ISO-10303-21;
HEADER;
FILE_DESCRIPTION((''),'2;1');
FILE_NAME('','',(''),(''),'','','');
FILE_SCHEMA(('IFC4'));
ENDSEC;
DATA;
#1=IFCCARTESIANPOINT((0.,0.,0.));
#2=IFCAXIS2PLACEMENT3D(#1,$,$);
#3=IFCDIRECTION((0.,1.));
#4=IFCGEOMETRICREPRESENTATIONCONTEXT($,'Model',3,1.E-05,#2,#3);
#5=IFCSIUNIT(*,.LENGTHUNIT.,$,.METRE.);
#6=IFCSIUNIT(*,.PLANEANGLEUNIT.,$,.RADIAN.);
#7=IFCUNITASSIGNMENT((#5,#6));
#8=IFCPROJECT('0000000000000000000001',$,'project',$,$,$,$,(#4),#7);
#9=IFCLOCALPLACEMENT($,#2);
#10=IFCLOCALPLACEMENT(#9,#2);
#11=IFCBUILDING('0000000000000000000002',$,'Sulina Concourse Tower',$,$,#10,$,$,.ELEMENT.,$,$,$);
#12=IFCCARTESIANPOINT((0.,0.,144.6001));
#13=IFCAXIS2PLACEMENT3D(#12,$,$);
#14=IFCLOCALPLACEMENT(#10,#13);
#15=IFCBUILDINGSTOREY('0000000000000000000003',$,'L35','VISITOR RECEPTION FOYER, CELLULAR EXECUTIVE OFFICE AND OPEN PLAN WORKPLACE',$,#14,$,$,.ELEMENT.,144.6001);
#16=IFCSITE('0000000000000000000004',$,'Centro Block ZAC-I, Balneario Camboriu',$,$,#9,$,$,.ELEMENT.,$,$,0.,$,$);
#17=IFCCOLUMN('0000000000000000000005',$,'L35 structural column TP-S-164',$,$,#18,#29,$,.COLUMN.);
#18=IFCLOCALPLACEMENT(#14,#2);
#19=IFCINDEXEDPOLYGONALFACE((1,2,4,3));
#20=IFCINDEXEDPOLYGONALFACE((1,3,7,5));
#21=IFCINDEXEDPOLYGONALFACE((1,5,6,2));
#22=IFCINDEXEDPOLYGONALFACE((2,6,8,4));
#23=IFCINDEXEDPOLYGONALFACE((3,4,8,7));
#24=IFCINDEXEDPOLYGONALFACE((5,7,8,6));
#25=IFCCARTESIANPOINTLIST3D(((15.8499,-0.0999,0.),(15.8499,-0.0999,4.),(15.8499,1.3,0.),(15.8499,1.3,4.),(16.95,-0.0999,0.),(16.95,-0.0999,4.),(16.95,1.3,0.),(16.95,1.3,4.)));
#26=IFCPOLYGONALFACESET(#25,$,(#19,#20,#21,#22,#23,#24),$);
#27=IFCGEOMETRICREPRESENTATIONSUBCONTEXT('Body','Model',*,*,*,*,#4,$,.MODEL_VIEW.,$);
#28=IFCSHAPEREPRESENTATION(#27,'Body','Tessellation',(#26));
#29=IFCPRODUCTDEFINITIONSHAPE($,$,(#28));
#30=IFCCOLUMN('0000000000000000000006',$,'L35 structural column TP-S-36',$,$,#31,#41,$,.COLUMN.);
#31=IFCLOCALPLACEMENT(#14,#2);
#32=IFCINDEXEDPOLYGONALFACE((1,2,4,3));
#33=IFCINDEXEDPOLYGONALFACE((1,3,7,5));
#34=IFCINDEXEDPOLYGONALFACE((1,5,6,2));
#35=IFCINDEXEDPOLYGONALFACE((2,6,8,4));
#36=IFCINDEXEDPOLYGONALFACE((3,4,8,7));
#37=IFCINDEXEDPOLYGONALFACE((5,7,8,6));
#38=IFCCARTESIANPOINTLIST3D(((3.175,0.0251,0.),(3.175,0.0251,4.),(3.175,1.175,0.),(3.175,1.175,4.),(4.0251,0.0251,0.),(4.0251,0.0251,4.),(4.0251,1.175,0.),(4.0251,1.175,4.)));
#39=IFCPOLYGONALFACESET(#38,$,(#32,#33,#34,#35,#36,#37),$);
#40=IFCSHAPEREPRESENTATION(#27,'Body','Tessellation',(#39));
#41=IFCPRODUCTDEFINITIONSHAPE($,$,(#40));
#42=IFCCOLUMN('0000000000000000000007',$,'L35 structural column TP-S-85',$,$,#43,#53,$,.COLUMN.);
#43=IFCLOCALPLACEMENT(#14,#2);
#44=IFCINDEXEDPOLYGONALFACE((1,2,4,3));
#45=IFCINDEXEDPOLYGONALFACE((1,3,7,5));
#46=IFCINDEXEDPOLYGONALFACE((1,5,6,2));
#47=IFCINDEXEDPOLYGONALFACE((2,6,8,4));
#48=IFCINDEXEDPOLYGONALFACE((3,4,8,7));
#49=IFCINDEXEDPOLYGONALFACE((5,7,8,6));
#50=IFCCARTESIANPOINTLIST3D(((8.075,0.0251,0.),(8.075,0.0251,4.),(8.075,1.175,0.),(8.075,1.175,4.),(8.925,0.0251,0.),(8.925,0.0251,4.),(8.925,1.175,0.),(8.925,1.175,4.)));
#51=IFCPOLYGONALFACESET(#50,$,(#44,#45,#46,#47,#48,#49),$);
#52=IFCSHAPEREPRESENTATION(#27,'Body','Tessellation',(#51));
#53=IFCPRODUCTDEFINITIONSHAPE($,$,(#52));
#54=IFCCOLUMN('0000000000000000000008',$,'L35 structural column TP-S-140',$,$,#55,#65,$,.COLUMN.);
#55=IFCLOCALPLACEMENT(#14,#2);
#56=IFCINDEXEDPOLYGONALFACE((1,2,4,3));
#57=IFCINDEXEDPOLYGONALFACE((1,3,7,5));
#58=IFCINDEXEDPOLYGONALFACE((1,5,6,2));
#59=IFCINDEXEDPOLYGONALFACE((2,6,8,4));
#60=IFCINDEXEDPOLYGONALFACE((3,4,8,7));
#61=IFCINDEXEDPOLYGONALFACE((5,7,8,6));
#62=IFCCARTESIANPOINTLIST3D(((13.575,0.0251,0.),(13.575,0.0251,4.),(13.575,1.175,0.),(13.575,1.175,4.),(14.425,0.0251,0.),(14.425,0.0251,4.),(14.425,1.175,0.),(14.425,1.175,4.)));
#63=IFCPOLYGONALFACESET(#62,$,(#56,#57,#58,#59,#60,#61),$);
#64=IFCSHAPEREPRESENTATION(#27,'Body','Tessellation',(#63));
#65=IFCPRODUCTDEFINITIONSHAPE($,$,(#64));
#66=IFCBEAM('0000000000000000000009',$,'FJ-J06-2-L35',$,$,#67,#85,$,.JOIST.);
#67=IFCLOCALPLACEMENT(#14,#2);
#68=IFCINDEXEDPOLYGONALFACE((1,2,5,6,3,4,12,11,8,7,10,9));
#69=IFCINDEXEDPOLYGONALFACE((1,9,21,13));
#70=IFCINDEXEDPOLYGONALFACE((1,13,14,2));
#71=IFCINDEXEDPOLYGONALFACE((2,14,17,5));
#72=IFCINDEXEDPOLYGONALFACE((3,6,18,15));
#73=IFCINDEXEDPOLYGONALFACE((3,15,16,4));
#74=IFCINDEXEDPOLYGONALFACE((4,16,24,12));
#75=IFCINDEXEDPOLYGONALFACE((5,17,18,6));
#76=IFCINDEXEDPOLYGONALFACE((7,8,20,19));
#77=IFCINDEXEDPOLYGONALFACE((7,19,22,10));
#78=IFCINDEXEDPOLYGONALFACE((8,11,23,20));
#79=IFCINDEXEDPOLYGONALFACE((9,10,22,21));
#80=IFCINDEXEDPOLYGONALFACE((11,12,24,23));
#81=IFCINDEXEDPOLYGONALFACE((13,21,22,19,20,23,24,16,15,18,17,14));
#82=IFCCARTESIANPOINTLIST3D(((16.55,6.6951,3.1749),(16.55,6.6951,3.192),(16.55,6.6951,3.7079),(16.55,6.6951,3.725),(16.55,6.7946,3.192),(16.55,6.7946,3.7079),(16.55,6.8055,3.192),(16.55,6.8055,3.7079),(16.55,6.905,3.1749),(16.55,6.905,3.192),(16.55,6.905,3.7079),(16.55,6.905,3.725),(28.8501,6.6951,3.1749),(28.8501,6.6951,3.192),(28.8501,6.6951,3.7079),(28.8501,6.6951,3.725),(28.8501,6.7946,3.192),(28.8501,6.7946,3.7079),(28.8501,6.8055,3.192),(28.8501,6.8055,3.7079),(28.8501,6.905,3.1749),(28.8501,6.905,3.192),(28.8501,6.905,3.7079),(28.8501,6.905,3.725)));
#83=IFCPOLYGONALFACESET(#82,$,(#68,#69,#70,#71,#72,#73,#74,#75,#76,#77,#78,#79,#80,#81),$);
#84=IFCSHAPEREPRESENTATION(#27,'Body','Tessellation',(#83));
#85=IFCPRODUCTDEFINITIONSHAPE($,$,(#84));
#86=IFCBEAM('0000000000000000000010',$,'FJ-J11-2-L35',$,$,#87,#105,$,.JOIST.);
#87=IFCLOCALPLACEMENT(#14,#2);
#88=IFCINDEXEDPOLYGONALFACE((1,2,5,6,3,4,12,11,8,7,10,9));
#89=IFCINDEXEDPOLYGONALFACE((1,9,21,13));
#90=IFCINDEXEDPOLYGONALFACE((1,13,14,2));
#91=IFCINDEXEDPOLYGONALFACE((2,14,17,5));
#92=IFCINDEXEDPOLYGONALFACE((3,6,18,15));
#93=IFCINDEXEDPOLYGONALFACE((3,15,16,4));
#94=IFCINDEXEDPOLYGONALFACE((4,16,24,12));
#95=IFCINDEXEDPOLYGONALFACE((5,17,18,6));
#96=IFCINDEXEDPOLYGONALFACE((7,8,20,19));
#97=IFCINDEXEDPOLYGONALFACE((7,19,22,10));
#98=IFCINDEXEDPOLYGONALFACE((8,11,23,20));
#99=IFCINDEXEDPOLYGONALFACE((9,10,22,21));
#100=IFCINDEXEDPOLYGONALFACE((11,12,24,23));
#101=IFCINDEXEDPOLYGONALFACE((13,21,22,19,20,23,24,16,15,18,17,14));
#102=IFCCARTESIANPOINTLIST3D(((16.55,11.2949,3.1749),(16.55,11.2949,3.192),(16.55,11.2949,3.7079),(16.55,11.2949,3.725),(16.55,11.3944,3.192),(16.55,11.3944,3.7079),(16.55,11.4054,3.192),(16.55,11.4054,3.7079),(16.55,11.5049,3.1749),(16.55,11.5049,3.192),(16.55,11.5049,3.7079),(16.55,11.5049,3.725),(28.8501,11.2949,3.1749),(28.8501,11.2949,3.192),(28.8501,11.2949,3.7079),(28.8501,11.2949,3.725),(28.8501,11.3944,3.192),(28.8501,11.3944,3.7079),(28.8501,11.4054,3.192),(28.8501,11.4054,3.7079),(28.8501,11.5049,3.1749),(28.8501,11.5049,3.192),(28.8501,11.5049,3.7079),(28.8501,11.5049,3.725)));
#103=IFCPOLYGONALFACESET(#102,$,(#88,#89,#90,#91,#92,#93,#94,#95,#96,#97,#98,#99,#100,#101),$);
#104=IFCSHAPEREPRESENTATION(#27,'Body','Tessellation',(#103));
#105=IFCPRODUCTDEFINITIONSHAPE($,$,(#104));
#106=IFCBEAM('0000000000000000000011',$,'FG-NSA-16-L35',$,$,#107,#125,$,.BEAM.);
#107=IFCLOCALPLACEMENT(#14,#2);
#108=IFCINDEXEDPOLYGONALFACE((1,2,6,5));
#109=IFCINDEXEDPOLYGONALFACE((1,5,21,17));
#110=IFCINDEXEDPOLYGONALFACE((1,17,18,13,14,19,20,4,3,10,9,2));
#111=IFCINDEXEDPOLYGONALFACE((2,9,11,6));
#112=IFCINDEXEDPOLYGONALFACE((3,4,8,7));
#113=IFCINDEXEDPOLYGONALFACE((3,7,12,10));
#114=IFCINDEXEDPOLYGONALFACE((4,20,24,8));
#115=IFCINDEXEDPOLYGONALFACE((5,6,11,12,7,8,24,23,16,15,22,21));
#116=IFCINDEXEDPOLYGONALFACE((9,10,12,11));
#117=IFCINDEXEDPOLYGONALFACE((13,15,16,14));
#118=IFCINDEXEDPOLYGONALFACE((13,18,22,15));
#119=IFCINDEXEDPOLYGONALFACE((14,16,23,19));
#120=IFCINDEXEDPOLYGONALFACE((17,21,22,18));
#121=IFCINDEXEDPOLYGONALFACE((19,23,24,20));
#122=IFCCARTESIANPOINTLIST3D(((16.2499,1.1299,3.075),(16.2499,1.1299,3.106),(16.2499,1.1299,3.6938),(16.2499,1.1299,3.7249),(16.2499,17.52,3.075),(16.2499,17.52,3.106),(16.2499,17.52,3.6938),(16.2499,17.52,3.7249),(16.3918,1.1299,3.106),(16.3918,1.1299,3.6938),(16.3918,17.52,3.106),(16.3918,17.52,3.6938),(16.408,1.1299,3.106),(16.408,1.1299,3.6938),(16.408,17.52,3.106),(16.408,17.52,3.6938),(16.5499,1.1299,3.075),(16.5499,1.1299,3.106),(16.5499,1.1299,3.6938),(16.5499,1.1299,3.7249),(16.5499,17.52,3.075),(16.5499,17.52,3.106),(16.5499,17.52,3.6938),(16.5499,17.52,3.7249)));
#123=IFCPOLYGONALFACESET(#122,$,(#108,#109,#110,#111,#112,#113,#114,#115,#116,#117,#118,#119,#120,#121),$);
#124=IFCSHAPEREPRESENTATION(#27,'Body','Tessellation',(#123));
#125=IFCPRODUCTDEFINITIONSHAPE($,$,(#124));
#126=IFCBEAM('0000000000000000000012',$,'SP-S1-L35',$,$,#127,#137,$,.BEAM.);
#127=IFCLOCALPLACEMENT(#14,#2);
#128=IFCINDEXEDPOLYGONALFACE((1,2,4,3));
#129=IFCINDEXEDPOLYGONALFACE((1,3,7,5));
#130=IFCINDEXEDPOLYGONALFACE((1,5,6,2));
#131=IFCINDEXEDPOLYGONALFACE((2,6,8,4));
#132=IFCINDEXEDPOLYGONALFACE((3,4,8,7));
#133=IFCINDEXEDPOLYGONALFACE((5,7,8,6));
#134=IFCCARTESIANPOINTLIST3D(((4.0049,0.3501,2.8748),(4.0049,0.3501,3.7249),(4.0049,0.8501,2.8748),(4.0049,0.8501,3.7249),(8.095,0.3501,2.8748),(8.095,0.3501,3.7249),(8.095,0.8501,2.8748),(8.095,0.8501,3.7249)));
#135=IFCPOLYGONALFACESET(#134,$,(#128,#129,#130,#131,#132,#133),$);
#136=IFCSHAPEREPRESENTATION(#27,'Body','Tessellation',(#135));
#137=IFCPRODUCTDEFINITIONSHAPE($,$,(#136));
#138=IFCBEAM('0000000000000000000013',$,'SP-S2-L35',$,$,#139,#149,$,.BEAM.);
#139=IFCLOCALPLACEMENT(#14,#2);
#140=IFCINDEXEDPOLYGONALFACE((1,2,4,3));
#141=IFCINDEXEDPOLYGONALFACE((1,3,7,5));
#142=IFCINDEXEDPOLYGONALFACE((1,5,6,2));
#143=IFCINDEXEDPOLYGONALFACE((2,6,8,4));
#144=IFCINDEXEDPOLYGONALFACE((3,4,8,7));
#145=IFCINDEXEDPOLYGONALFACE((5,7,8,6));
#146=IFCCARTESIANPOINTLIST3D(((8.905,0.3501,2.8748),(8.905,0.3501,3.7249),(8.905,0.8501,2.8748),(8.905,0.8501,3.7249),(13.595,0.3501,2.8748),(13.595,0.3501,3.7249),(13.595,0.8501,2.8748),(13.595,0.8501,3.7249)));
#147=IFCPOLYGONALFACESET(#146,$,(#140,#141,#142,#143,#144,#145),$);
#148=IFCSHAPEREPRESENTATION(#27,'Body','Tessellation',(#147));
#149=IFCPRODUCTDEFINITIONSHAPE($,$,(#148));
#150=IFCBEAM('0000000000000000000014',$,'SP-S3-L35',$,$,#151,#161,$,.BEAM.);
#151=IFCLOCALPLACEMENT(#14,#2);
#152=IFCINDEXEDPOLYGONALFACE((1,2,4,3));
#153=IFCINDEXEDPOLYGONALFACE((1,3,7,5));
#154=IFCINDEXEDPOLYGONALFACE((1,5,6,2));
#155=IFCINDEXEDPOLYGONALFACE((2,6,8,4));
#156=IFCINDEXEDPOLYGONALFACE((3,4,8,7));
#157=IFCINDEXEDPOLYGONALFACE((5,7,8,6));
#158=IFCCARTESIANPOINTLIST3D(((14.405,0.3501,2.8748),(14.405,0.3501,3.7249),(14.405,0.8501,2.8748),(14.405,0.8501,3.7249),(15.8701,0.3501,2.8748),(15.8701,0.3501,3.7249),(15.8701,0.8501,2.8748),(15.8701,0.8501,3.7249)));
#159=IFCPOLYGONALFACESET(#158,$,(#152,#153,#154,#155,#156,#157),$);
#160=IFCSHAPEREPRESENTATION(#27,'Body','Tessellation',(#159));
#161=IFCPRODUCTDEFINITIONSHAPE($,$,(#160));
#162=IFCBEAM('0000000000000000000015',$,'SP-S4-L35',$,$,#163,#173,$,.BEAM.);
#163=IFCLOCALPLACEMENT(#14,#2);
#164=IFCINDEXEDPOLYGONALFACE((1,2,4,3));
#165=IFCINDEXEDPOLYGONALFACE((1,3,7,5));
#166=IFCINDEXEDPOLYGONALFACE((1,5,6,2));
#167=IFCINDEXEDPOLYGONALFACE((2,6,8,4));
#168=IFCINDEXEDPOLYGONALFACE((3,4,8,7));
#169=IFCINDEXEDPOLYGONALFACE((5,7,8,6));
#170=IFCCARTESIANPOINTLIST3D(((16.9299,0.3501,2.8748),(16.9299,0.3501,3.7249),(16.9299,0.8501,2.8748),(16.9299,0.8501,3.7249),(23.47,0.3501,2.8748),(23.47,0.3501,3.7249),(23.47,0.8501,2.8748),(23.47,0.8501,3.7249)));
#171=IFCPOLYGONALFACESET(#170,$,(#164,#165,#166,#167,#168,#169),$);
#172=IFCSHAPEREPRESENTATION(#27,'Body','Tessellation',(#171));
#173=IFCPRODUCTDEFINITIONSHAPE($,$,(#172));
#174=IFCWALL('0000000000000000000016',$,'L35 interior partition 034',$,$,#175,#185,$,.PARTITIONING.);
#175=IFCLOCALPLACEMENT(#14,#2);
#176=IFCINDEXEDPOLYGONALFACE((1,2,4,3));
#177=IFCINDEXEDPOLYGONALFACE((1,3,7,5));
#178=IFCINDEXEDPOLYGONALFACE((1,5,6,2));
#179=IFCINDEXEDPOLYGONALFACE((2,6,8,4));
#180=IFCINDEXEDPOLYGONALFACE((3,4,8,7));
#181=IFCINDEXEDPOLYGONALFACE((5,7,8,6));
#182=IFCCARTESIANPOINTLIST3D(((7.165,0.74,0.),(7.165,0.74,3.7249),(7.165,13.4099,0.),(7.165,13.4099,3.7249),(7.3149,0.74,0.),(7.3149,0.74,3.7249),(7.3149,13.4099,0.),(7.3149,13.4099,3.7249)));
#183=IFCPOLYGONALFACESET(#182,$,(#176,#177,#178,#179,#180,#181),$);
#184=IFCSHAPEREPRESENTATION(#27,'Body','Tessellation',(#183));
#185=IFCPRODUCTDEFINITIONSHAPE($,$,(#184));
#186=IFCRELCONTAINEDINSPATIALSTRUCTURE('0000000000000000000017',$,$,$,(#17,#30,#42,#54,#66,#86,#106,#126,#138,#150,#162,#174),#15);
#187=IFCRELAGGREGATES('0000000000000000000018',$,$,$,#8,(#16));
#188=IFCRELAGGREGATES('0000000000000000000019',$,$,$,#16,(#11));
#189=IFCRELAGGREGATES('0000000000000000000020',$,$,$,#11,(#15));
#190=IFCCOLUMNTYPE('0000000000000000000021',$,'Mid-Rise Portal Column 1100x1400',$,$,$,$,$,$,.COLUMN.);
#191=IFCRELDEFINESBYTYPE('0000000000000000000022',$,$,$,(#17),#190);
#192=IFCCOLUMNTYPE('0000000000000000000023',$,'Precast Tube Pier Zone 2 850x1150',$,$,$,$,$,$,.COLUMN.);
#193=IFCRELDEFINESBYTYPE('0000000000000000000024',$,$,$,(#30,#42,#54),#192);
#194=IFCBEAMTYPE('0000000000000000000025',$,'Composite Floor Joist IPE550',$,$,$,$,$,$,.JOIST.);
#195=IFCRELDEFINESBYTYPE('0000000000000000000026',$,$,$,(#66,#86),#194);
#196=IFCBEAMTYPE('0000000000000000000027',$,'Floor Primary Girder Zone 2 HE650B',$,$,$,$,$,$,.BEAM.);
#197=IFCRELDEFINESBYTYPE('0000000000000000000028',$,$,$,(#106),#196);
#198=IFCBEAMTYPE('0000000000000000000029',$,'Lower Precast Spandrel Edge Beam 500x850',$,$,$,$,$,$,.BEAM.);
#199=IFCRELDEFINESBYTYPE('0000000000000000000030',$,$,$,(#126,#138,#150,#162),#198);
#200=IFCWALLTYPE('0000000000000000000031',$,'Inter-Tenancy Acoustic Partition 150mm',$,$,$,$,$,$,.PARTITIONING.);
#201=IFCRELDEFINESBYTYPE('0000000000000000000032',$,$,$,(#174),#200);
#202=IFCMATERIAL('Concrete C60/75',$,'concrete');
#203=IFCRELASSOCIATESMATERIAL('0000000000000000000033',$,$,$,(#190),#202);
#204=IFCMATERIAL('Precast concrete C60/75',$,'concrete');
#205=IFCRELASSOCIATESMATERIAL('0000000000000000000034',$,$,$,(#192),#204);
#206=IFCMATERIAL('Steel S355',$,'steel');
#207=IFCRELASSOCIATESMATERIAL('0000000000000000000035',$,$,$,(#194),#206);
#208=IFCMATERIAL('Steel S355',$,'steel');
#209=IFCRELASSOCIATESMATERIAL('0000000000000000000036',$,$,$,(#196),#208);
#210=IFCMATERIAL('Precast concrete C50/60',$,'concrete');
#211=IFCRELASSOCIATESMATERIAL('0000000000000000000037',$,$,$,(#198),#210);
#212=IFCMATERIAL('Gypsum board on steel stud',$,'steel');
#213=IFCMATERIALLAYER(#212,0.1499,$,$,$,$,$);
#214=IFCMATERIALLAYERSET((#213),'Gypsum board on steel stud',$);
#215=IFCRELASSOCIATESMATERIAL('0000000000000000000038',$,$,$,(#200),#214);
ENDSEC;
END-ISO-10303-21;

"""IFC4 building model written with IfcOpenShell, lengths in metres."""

from ifc_helpers import new_model, si_unit, direction, frame, frame_2d, origin, origin_2d, place, context, subcontext, project, spatial, rectangle, i_section, extrude, material, layer, layer_set, material_profile, profile_set, type_object, element, save


model = new_model("IFC4")

# Units and contexts
model_context = context("Model", 3, precision=1e-05, world=origin(), true_north=direction((0.0, 1.0)))
body_context = subcontext(model_context, "Body", "Model", "MODEL_VIEW")
ifc_project = project(units=[si_unit("LENGTHUNIT", "METRE"), si_unit("PLANEANGLEUNIT", "RADIAN")], contexts=[model_context])

# Site, building, storey
site_placement = place(None, origin())
site = spatial("IfcSite", under=ifc_project, at=site_placement, Name="Centro Block ZAC-I, Balneario Camboriu", CompositionType="ELEMENT", RefElevation=0.0)
building_placement = place(site_placement, origin())
building = spatial("IfcBuilding", under=site, at=building_placement, Name="Sulina Concourse Tower", CompositionType="ELEMENT")
storey_placement = place(building_placement, frame((0.0, 0.0, 144.6001)))
storey = spatial("IfcBuildingStorey", under=building, at=storey_placement, Name="L35", Description="VISITOR RECEPTION FOYER, CELLULAR EXECUTIVE OFFICE AND OPEN PLAN WORKPLACE", CompositionType="ELEMENT", Elevation=144.6001)

# Columns
ifc_material_1 = material(Name="Concrete C60/75", Category="concrete")
ifc_material_profile_1 = material_profile(ifc_material_1, rectangle(XDim=1.1001, YDim=1.3999, at=origin_2d()), Name="RC 1100x1400")
ifc_profile_set_1 = profile_set([ifc_material_profile_1], Name="Concrete C60/75")
column_type_1 = type_object("IfcColumnType", Name="Mid-Rise Portal Column 1100x1400", PredefinedType="COLUMN", material=ifc_profile_set_1)
column_placement = place(storey_placement, frame((16.3999, 0.6001, 0.0), z_axis=(0.0, 0.0, 1.0), x_axis=(1.0, 0.0, 0.0)))
element("IfcColumn", 1, at=column_placement, inside=storey, type_object=column_type_1, Name="L35 structural column TP-S-164", PredefinedType="COLUMN", context=body_context, shape_type="SweptSolid", body=[
    extrude(rectangle(XDim=1.1001, YDim=1.3999, at=origin_2d()), origin(), (0.0, 0.0, 1.0), 4.0),
])
ifc_material_2 = material(Name="Precast concrete C60/75", Category="concrete")
ifc_material_profile_2 = material_profile(ifc_material_2, rectangle(XDim=0.8501, YDim=1.1499, at=origin_2d()), Name="PC 850x1150")
ifc_profile_set_2 = profile_set([ifc_material_profile_2], Name="Precast concrete C60/75")
column_type_2 = type_object("IfcColumnType", Name="Precast Tube Pier Zone 2 850x1150", PredefinedType="COLUMN", material=ifc_profile_set_2)
for number, where, z_axis, x_axis, name in (
    (2, (3.6001, 0.6001, 0.0), (0.0, 0.0, 1.0), (1.0, 0.0, 0.0), "L35 structural column TP-S-36"),
    (3, (8.5, 0.6001, 0.0), (0.0, 0.0, 1.0), (1.0, 0.0, 0.0), "L35 structural column TP-S-85"),
    (4, (14.0, 0.6001, 0.0), (0.0, 0.0, 1.0), (1.0, 0.0, 0.0), "L35 structural column TP-S-140"),
):
    element("IfcColumn", number, at=place(storey_placement, frame(where, z_axis=z_axis, x_axis=x_axis)), inside=storey, type_object=column_type_2, Name=name, PredefinedType="COLUMN", context=body_context, shape_type="SweptSolid", body=[
        extrude(rectangle(XDim=0.8501, YDim=1.1499, at=origin_2d()), origin(), (0.0, 0.0, 1.0), 4.0),
    ])

# Beams
ifc_material_3 = material(Name="Steel S355", Category="steel")
ifc_material_profile_3 = material_profile(ifc_material_3, i_section(OverallWidth=0.21, OverallDepth=0.55, WebThickness=0.011, FlangeThickness=0.0171, at=origin_2d()), Name="IPE 550")
ifc_profile_set_3 = profile_set([ifc_material_profile_3], Name="Steel S355")
beam_type_1 = type_object("IfcBeamType", Name="Composite Floor Joist IPE550", PredefinedType="JOIST", material=ifc_profile_set_3)
for number, where, z_axis, x_axis, name in (
    (5, (16.55, 6.8, 3.45), (1.0, 0.0, 0.0), (0.0, 1.0, 0.0), "FJ-J06-2-L35"),
    (6, (16.55, 11.3999, 3.45), (1.0, 0.0, 0.0), (0.0, 1.0, 0.0), "FJ-J11-2-L35"),
):
    element("IfcBeam", number, at=place(storey_placement, frame(where, z_axis=z_axis, x_axis=x_axis)), inside=storey, type_object=beam_type_1, Name=name, PredefinedType="JOIST", context=body_context, shape_type="SweptSolid", body=[
        extrude(i_section(OverallWidth=0.21, OverallDepth=0.55, WebThickness=0.011, FlangeThickness=0.0171, at=origin_2d()), origin(), (0.0, 0.0, 1.0), 12.3),
    ])
ifc_material_4 = material(Name="Steel S355", Category="steel")
ifc_material_profile_4 = material_profile(ifc_material_4, i_section(OverallWidth=0.3, OverallDepth=0.6499, WebThickness=0.0161, FlangeThickness=0.031, at=origin_2d()), Name="HE 650 B")
ifc_profile_set_4 = profile_set([ifc_material_profile_4], Name="Steel S355")
beam_type_2 = type_object("IfcBeamType", Name="Floor Primary Girder Zone 2 HE650B", PredefinedType="BEAM", material=ifc_profile_set_4)
beam_1_placement = place(storey_placement, frame((16.3999, 1.1299, 3.3999), z_axis=(0.0, 1.0, 0.0), x_axis=(-1.0, 0.0, 0.0)))
element("IfcBeam", 7, at=beam_1_placement, inside=storey, type_object=beam_type_2, Name="FG-NSA-16-L35", PredefinedType="BEAM", context=body_context, shape_type="SweptSolid", body=[
    extrude(i_section(OverallWidth=0.3, OverallDepth=0.6499, WebThickness=0.0161, FlangeThickness=0.031, at=origin_2d()), origin(), (0.0, 0.0, 1.0), 16.3901),
])
ifc_material_5 = material(Name="Precast concrete C50/60", Category="concrete")
ifc_material_profile_5 = material_profile(ifc_material_5, rectangle(XDim=0.5, YDim=0.8501, at=origin_2d()), Name="RC 500x850")
ifc_profile_set_5 = profile_set([ifc_material_profile_5], Name="Precast concrete C50/60")
beam_type_3 = type_object("IfcBeamType", Name="Lower Precast Spandrel Edge Beam 500x850", PredefinedType="BEAM", material=ifc_profile_set_5)
beam_2_placement = place(storey_placement, frame((4.0049, 0.6001, 3.2998), z_axis=(1.0, 0.0, 0.0), x_axis=(0.0, 1.0, 0.0)))
element("IfcBeam", 8, at=beam_2_placement, inside=storey, type_object=beam_type_3, Name="SP-S1-L35", PredefinedType="BEAM", context=body_context, shape_type="SweptSolid", body=[
    extrude(rectangle(XDim=0.5, YDim=0.8501, at=origin_2d()), origin(), (0.0, 0.0, 1.0), 4.0901),
])
beam_3_placement = place(storey_placement, frame((8.905, 0.6001, 3.2998), z_axis=(1.0, 0.0, 0.0), x_axis=(0.0, 1.0, 0.0)))
element("IfcBeam", 9, at=beam_3_placement, inside=storey, type_object=beam_type_3, Name="SP-S2-L35", PredefinedType="BEAM", context=body_context, shape_type="SweptSolid", body=[
    extrude(rectangle(XDim=0.5, YDim=0.8501, at=origin_2d()), origin(), (0.0, 0.0, 1.0), 4.6899),
])
beam_4_placement = place(storey_placement, frame((14.405, 0.6001, 3.2998), z_axis=(1.0, 0.0, 0.0), x_axis=(0.0, 1.0, 0.0)))
element("IfcBeam", 10, at=beam_4_placement, inside=storey, type_object=beam_type_3, Name="SP-S3-L35", PredefinedType="BEAM", context=body_context, shape_type="SweptSolid", body=[
    extrude(rectangle(XDim=0.5, YDim=0.8501, at=origin_2d()), origin(), (0.0, 0.0, 1.0), 1.4651),
])
beam_5_placement = place(storey_placement, frame((16.9299, 0.6001, 3.2998), z_axis=(1.0, 0.0, 0.0), x_axis=(0.0, 1.0, 0.0)))
element("IfcBeam", 11, at=beam_5_placement, inside=storey, type_object=beam_type_3, Name="SP-S4-L35", PredefinedType="BEAM", context=body_context, shape_type="SweptSolid", body=[
    extrude(rectangle(XDim=0.5, YDim=0.8501, at=origin_2d()), origin(), (0.0, 0.0, 1.0), 6.54),
])

# Wall
ifc_material_6 = material(Name="Gypsum board on steel stud", Category="steel")
ifc_layer_1 = layer(ifc_material_6, 0.1499)
ifc_layer_set_1 = layer_set([ifc_layer_1], Name="Gypsum board on steel stud")
wall_type_1 = type_object("IfcWallType", Name="Inter-Tenancy Acoustic Partition 150mm", PredefinedType="PARTITIONING", material=ifc_layer_set_1)
for number, where, z_axis, x_axis, name in (
    (12, (7.24, 0.74, 0.0), (0.0, 0.0, 1.0), (0.0, 1.0, 0.0), "L35 interior partition 034"),
):
    element("IfcWall", number, at=place(storey_placement, frame(where, z_axis=z_axis, x_axis=x_axis)), inside=storey, type_object=wall_type_1, Name=name, PredefinedType="PARTITIONING", context=body_context, shape_type="SweptSolid", body=[
        extrude(rectangle(XDim=12.6699, YDim=0.1499, at=frame_2d((6.335, 0.0))), origin(), (0.0, 0.0, 1.0), 3.7249),
    ])

save(model, "model.ifc")
